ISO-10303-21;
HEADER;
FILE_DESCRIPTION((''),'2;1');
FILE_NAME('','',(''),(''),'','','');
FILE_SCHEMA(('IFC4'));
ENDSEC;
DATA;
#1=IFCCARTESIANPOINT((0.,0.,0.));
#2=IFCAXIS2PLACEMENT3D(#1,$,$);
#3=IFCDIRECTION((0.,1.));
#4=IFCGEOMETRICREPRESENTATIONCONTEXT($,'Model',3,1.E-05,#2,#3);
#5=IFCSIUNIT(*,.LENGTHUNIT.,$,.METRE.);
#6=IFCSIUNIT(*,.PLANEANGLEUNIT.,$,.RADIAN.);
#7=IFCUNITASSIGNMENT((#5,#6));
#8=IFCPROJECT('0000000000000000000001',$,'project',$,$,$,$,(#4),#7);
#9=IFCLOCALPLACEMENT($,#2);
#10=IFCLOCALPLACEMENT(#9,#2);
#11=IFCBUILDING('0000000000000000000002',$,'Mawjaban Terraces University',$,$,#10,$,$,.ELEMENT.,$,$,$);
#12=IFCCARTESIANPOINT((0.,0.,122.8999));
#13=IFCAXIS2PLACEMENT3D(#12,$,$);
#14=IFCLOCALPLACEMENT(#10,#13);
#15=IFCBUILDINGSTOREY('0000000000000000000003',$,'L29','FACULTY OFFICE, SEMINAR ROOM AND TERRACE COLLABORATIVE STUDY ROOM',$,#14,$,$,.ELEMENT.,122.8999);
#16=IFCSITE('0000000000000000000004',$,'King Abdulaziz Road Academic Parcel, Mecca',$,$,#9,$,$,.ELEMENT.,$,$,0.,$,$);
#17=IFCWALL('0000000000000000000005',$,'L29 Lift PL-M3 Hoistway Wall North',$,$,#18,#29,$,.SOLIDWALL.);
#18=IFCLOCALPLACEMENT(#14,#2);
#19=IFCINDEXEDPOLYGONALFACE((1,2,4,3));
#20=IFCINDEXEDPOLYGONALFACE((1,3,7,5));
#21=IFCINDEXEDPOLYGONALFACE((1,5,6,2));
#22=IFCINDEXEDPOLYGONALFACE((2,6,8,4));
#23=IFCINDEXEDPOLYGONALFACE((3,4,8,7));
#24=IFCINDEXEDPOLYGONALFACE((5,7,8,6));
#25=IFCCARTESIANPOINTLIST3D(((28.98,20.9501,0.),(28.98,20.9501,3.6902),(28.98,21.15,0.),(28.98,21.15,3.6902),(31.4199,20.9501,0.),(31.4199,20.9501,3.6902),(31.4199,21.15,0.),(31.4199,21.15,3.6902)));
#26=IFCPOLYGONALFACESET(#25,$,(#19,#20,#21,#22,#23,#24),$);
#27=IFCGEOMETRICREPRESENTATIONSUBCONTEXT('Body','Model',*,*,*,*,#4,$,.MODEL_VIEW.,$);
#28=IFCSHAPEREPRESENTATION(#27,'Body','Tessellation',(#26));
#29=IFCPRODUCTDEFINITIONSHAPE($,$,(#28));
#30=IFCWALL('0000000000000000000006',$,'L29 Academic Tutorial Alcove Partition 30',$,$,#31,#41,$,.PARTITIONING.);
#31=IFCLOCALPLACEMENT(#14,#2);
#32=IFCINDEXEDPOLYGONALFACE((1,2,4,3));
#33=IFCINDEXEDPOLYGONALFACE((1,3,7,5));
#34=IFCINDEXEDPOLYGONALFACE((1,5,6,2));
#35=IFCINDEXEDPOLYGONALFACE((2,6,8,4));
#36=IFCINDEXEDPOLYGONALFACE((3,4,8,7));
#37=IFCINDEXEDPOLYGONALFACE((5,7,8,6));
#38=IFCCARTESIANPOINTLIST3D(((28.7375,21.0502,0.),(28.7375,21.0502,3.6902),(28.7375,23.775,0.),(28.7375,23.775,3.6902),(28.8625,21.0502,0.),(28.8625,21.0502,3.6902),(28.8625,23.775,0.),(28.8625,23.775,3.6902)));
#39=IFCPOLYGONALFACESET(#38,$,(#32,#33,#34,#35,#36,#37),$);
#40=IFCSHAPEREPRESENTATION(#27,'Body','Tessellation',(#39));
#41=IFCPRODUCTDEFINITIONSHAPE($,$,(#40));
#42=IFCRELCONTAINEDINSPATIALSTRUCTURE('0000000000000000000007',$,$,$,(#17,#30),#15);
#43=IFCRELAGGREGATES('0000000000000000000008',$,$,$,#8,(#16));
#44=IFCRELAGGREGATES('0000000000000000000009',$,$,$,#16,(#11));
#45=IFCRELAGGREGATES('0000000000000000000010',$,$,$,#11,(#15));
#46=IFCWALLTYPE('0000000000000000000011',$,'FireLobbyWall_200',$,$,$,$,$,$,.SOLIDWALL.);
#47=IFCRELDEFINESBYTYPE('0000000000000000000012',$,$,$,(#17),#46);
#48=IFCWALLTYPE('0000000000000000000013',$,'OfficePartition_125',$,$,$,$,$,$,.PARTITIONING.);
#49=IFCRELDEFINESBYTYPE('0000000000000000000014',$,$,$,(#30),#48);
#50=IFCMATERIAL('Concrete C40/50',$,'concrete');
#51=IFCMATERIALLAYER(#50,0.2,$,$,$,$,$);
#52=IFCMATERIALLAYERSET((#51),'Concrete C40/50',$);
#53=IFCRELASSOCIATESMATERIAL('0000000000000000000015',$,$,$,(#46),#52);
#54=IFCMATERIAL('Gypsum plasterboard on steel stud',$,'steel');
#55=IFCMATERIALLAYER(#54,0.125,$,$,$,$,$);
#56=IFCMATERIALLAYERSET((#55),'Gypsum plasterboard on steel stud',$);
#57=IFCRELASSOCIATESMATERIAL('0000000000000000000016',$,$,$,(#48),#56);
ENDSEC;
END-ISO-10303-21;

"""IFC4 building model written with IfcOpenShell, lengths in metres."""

from ifc_helpers import new_model, si_unit, direction, frame, frame_2d, origin, place, context, subcontext, project, spatial, rectangle, extrude, material, layer, layer_set, type_object, element, save


model = new_model("IFC4")

# Units and contexts
model_context = context("Model", 3, precision=1e-05, world=origin(), true_north=direction((0.0, 1.0)))
body_context = subcontext(model_context, "Body", "Model", "MODEL_VIEW")
ifc_project = project(units=[si_unit("LENGTHUNIT", "METRE"), si_unit("PLANEANGLEUNIT", "RADIAN")], contexts=[model_context])

# Site, building, storey
site_placement = place(None, origin())
site = spatial("IfcSite", under=ifc_project, at=site_placement, Name="King Abdulaziz Road Academic Parcel, Mecca", CompositionType="ELEMENT", RefElevation=0.0)
building_placement = place(site_placement, origin())
building = spatial("IfcBuilding", under=site, at=building_placement, Name="Mawjaban Terraces University", CompositionType="ELEMENT")
storey_placement = place(building_placement, frame((0.0, 0.0, 122.8999)))
storey = spatial("IfcBuildingStorey", under=building, at=storey_placement, Name="L29", Description="FACULTY OFFICE, SEMINAR ROOM AND TERRACE COLLABORATIVE STUDY ROOM", CompositionType="ELEMENT", Elevation=122.8999)

# Walls
ifc_material_1 = material(Name="Concrete C40/50", Category="concrete")
ifc_layer_1 = layer(ifc_material_1, 0.2)
ifc_layer_set_1 = layer_set([ifc_layer_1], Name="Concrete C40/50")
wall_type_1 = type_object("IfcWallType", Name="FireLobbyWall_200", PredefinedType="SOLIDWALL", material=ifc_layer_set_1)
wall_1_placement = place(storey_placement, frame((31.4199, 21.05, 0.0), z_axis=(0.0, 0.0, 1.0), x_axis=(-1.0, 0.0, 0.0)))
element("IfcWall", 1, at=wall_1_placement, inside=storey, type_object=wall_type_1, Name="L29 Lift PL-M3 Hoistway Wall North", PredefinedType="SOLIDWALL", context=body_context, shape_type="SweptSolid", body=[
    extrude(rectangle(XDim=2.4399, YDim=0.2, at=frame_2d((1.22, 0.0))), origin(), (0.0, 0.0, 1.0), 3.6902),
])
ifc_material_2 = material(Name="Gypsum plasterboard on steel stud", Category="steel")
ifc_layer_2 = layer(ifc_material_2, 0.125)
ifc_layer_set_2 = layer_set([ifc_layer_2], Name="Gypsum plasterboard on steel stud")
wall_type_2 = type_object("IfcWallType", Name="OfficePartition_125", PredefinedType="PARTITIONING", material=ifc_layer_set_2)
wall_2_placement = place(storey_placement, frame((28.8, 23.7749, 0.0), z_axis=(0.0, 0.0, 1.0), x_axis=(0.0, -1.0, 0.0)))
element("IfcWall", 2, at=wall_2_placement, inside=storey, type_object=wall_type_2, Name="L29 Academic Tutorial Alcove Partition 30", PredefinedType="PARTITIONING", context=body_context, shape_type="SweptSolid", body=[
    extrude(rectangle(XDim=2.7249, YDim=0.125, at=frame_2d((1.3623, 0.0))), origin(), (0.0, 0.0, 1.0), 3.6902),
])

save(model, "model.ifc")
